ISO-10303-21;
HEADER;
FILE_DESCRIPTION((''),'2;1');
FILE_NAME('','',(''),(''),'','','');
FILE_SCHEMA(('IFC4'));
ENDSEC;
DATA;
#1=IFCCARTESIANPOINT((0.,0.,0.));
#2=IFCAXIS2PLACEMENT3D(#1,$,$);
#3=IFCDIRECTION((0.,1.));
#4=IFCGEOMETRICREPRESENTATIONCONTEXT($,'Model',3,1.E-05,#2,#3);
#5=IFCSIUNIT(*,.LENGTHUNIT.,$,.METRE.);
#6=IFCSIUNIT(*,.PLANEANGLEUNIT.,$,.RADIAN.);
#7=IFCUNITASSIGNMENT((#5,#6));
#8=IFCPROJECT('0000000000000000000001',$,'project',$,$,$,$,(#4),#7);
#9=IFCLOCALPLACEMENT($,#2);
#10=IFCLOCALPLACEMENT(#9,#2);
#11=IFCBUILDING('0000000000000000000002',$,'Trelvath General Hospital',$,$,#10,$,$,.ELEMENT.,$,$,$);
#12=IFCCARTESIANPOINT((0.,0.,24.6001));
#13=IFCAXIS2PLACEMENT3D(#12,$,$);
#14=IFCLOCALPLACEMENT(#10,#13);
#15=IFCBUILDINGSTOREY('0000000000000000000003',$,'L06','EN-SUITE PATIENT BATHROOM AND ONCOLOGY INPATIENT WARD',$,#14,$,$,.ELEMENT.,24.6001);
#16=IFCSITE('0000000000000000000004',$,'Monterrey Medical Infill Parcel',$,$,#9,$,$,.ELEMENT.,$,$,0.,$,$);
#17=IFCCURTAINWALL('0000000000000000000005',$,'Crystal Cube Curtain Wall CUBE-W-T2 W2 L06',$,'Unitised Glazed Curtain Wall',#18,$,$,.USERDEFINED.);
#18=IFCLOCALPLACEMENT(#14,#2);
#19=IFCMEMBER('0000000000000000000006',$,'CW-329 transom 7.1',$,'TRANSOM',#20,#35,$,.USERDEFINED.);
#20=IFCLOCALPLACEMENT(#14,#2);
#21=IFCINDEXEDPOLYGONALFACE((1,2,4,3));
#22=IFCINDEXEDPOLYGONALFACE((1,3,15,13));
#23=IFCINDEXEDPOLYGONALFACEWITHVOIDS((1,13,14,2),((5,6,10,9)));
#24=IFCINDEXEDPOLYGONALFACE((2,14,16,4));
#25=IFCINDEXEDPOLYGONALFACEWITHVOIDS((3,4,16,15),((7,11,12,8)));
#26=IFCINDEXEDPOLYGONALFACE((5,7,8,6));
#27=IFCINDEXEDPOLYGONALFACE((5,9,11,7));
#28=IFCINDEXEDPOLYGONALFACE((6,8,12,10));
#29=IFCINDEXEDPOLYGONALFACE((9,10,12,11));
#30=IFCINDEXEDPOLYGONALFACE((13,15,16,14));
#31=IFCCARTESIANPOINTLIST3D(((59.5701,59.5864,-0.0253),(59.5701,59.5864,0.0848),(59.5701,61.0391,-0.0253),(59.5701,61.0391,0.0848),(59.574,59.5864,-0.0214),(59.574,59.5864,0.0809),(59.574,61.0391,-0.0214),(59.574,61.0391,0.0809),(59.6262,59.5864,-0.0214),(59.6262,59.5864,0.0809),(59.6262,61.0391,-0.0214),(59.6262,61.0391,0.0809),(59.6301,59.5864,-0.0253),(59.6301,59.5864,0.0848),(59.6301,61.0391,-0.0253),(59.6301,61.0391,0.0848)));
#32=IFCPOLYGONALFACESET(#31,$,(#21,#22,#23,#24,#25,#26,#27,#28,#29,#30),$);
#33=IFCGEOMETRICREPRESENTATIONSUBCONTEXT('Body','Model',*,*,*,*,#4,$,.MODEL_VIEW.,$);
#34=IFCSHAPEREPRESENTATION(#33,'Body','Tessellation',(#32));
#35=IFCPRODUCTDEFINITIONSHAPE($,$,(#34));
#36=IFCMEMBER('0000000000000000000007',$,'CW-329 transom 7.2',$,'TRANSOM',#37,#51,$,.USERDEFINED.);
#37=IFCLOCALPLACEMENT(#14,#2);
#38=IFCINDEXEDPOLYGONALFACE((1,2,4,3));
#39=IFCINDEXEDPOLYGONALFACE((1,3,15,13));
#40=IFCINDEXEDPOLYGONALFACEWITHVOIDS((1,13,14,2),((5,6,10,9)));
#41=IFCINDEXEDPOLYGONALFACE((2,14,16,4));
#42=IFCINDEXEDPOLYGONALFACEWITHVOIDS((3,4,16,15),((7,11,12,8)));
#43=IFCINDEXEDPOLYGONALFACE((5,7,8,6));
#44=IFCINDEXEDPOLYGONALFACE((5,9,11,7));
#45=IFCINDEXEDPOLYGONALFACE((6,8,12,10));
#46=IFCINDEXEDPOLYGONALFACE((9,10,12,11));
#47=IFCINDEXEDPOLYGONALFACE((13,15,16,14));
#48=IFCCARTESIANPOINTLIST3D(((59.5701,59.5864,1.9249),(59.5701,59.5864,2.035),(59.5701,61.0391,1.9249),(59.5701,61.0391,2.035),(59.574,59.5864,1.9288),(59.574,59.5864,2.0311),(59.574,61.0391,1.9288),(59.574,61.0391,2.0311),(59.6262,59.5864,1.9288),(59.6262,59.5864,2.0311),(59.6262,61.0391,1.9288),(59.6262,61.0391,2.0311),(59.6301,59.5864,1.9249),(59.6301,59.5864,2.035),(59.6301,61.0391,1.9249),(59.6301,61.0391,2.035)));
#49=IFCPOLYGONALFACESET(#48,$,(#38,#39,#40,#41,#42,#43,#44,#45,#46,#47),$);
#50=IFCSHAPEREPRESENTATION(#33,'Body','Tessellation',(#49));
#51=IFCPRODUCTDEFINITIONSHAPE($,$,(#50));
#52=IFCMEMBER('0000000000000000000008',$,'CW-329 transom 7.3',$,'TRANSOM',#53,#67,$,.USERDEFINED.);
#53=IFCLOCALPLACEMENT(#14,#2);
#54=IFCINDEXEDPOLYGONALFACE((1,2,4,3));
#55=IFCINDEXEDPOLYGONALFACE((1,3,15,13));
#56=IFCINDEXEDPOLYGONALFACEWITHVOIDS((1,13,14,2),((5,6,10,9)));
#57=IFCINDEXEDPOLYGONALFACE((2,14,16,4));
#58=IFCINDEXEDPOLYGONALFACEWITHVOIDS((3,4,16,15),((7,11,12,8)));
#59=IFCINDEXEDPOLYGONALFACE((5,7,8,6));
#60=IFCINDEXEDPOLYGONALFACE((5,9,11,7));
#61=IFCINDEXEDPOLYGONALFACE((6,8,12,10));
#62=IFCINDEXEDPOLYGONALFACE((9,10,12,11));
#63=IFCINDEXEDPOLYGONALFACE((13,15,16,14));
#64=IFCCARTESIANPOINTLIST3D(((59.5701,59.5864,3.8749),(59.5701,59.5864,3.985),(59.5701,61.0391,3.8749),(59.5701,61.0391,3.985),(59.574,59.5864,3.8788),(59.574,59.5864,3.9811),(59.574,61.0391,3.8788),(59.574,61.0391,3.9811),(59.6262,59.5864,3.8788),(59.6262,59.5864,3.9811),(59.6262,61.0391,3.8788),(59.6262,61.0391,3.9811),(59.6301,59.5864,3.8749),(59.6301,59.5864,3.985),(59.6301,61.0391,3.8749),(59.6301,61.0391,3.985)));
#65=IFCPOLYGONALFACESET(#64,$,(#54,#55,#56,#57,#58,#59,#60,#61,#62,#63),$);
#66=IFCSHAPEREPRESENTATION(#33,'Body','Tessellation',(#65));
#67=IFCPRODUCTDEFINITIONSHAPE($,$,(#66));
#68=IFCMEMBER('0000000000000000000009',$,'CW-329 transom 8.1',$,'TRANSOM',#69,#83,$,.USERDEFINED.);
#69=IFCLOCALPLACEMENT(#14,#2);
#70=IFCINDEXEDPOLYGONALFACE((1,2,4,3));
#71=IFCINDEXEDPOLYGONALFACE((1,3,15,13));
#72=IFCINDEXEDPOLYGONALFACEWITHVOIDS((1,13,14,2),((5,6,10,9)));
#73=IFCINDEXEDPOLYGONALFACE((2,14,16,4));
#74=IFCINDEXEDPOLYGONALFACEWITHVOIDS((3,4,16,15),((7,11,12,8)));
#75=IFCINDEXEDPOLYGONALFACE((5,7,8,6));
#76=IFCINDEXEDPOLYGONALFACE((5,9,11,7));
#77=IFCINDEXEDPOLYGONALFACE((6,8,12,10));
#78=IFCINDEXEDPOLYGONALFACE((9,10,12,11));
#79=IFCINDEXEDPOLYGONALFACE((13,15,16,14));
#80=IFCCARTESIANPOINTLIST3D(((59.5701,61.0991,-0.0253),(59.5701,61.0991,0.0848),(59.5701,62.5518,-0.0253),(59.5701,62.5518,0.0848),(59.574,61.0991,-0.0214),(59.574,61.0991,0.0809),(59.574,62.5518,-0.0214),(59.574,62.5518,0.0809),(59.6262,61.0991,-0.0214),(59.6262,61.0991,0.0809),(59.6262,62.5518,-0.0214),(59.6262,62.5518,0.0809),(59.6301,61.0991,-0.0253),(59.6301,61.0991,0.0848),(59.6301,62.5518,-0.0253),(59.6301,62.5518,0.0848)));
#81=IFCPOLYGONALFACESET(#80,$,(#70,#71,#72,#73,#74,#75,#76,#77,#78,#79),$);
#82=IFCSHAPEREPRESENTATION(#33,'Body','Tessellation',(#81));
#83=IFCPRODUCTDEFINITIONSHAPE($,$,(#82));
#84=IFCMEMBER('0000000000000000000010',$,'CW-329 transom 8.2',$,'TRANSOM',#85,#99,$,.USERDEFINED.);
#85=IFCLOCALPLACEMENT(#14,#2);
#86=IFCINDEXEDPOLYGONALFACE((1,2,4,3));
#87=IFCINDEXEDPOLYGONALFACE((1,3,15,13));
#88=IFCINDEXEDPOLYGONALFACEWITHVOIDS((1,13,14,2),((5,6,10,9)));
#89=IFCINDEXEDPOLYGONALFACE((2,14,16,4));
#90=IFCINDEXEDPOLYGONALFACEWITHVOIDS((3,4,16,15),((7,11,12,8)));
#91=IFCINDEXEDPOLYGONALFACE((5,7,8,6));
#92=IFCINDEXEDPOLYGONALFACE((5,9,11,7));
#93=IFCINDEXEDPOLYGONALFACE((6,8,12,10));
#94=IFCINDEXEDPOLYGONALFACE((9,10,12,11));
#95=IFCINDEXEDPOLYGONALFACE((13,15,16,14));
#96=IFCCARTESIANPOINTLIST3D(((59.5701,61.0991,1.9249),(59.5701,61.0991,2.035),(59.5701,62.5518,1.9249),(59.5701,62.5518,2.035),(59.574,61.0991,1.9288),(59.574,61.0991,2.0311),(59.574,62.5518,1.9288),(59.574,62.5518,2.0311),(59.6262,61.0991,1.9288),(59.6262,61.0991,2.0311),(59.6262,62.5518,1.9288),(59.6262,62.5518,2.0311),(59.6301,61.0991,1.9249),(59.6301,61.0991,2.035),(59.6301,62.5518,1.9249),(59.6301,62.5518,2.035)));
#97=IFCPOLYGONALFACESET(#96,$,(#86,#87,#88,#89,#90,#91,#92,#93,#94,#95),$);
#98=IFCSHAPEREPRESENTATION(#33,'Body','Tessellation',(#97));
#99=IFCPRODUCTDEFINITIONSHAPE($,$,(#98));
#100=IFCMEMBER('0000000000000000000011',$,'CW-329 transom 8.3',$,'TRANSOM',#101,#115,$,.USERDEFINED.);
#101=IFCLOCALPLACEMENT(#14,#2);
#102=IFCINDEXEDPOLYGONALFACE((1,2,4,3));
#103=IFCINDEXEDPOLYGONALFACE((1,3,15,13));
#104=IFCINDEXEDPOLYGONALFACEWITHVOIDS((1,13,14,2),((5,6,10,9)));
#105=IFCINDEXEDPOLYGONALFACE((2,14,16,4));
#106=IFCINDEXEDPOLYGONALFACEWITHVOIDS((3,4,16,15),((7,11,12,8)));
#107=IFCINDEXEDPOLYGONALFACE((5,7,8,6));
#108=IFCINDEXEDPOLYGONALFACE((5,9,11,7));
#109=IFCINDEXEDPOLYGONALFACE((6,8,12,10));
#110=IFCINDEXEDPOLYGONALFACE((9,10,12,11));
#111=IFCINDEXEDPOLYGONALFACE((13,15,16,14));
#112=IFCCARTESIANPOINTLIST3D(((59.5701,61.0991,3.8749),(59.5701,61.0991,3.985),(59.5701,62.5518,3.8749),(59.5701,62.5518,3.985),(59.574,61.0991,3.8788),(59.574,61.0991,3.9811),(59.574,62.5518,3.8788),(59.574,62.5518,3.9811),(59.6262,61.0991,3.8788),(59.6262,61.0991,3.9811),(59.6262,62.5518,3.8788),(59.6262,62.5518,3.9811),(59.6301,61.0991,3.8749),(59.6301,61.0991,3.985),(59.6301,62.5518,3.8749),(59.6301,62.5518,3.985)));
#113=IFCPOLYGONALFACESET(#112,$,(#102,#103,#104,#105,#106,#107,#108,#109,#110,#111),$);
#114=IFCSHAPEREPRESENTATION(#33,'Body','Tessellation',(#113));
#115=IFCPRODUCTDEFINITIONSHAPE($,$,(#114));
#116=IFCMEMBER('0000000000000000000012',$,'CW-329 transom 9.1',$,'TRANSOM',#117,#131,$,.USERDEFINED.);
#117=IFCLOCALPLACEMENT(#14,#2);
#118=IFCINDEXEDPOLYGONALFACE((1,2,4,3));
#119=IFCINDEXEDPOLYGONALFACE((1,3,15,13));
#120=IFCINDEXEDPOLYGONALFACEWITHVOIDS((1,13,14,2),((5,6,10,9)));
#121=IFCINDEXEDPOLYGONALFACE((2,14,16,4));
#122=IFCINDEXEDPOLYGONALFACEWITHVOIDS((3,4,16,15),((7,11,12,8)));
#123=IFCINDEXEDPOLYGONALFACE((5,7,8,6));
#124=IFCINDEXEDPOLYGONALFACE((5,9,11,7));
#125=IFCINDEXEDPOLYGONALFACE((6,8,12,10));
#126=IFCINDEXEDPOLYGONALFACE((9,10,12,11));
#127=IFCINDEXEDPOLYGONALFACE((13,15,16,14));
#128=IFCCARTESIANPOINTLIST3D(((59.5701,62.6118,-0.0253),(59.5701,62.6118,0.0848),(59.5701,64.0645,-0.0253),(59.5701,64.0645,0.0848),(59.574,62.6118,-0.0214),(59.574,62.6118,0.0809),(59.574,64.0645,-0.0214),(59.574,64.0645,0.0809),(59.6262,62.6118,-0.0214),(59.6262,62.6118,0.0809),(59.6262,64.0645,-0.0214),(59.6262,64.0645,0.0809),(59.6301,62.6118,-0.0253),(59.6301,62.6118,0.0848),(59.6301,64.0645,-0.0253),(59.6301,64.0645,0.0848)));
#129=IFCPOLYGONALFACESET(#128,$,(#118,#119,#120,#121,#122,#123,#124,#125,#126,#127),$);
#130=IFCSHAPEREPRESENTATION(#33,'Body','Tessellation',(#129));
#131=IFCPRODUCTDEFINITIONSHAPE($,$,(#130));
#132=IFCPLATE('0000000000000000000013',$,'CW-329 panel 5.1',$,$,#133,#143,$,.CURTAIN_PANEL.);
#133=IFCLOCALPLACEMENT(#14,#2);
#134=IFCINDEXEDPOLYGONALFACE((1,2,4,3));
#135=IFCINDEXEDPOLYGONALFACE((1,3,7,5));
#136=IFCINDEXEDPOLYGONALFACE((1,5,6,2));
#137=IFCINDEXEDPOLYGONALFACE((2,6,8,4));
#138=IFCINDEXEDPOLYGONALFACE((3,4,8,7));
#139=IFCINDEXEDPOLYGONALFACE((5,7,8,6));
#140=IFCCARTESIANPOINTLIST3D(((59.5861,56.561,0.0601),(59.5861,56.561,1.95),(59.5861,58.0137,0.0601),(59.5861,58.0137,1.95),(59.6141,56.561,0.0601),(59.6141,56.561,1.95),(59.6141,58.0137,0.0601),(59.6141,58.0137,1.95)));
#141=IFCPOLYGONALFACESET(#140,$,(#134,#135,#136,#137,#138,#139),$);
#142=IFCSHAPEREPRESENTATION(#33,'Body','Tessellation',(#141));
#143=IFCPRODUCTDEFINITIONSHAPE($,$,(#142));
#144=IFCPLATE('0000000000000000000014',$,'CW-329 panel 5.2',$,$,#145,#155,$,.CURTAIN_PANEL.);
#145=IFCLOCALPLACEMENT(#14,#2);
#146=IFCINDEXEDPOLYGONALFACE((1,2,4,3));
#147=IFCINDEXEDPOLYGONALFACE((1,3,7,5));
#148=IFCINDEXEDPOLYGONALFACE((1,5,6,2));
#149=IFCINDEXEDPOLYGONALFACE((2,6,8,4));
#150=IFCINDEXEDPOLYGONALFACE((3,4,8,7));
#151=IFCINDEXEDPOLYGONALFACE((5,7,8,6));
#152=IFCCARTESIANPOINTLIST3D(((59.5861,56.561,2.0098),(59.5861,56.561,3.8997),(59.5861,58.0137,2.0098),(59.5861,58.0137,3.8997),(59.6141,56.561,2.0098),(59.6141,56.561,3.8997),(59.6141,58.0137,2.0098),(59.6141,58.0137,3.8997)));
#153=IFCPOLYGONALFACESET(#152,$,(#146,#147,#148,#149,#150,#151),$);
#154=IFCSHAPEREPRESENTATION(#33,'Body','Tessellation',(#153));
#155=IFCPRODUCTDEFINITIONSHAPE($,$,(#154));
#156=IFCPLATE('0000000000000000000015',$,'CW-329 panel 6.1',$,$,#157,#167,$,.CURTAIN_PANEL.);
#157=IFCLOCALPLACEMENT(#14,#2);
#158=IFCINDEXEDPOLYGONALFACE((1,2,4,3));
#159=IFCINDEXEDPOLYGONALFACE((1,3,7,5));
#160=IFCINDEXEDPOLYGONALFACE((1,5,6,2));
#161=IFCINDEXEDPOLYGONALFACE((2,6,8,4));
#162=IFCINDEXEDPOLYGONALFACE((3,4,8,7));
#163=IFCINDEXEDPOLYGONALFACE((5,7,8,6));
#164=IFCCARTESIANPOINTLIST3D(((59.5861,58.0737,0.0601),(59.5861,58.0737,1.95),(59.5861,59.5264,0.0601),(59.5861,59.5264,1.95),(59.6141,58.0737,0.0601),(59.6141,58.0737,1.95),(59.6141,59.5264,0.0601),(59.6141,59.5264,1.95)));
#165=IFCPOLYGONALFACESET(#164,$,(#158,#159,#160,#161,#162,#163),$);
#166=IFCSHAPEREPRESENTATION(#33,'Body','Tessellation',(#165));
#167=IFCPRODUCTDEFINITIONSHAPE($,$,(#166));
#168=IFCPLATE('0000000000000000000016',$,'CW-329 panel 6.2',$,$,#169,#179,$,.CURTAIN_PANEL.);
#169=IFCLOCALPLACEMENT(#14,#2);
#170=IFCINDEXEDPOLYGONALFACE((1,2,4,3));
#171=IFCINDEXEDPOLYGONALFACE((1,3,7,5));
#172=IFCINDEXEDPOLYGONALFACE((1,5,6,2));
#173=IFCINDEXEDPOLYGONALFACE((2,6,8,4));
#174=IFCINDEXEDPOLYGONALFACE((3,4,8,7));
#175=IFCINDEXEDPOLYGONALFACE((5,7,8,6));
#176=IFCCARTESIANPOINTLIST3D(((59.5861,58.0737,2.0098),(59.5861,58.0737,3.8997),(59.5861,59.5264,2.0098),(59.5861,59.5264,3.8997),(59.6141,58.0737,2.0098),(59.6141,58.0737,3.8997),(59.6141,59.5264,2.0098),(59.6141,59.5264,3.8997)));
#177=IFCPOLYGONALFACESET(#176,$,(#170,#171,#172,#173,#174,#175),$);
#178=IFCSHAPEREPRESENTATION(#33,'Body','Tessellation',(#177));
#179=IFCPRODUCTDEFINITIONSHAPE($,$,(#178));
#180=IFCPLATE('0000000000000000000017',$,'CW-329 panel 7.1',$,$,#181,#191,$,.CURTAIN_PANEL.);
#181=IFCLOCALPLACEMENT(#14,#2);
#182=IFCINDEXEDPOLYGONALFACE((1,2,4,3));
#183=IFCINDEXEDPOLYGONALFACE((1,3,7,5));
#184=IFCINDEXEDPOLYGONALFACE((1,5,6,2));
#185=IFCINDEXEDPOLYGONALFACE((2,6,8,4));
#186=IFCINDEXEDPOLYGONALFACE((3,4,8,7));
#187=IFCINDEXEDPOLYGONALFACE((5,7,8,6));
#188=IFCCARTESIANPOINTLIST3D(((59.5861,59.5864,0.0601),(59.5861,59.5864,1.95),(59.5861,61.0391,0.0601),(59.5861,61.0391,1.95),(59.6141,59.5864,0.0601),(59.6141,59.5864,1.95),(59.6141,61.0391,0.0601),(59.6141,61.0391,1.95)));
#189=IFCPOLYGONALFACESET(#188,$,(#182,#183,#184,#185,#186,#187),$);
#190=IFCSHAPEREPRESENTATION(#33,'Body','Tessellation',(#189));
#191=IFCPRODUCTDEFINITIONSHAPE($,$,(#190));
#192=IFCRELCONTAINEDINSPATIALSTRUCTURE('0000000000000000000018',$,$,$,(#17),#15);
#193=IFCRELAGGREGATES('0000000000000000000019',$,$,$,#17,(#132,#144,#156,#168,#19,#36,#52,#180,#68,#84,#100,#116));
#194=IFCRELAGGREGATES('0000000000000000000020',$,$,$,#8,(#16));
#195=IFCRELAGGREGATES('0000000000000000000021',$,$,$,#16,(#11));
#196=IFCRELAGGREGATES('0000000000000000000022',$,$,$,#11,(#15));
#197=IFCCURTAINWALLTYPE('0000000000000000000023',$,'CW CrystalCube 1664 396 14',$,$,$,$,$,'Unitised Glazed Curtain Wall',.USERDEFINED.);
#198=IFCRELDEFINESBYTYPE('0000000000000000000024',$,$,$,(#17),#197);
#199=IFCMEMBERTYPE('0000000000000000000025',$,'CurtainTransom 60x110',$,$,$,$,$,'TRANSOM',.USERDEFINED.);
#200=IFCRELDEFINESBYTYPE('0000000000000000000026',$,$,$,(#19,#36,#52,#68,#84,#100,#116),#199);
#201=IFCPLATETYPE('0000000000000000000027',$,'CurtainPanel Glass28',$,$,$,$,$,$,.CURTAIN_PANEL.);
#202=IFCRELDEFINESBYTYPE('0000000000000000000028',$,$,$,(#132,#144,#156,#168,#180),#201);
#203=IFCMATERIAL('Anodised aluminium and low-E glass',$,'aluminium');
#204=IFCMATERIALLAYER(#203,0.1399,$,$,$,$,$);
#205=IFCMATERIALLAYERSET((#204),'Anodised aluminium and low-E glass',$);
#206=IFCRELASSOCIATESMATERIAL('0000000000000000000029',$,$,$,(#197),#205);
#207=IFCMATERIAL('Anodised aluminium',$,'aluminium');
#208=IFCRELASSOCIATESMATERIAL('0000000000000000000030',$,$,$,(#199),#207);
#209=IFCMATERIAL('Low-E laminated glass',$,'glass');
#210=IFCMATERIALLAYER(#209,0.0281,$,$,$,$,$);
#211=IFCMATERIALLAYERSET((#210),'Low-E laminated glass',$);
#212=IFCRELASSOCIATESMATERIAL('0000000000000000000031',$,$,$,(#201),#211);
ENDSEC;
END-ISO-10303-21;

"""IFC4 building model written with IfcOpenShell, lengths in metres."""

from ifc_helpers import new_model, si_unit, direction, frame, origin, origin_2d, place, context, subcontext, project, spatial, rectangle, hollow_rectangle, extrude, material, layer, layer_set, material_profile, profile_set, type_object, element, aggregate, save


model = new_model("IFC4")

# Units and contexts
model_context = context("Model", 3, precision=1e-05, world=origin(), true_north=direction((0.0, 1.0)))
body_context = subcontext(model_context, "Body", "Model", "MODEL_VIEW")
ifc_project = project(units=[si_unit("LENGTHUNIT", "METRE"), si_unit("PLANEANGLEUNIT", "RADIAN")], contexts=[model_context])

# Site, building, storey
site_placement = place(None, origin())
site = spatial("IfcSite", under=ifc_project, at=site_placement, Name="Monterrey Medical Infill Parcel", CompositionType="ELEMENT", RefElevation=0.0)
building_placement = place(site_placement, origin())
building = spatial("IfcBuilding", under=site, at=building_placement, Name="Trelvath General Hospital", CompositionType="ELEMENT")
storey_placement = place(building_placement, frame((0.0, 0.0, 24.6001)))
storey = spatial("IfcBuildingStorey", under=building, at=storey_placement, Name="L06", Description="EN-SUITE PATIENT BATHROOM AND ONCOLOGY INPATIENT WARD", CompositionType="ELEMENT", Elevation=24.6001)

# Curtain wall, members, plates
ifc_material_1 = material(Name="Anodised aluminium and low-E glass", Category="aluminium")
ifc_layer_1 = layer(ifc_material_1, 0.1399)
ifc_layer_set_1 = layer_set([ifc_layer_1], Name="Anodised aluminium and low-E glass")
curtain_wall_type = type_object("IfcCurtainWallType", Name="CW CrystalCube 1664 396 14", ElementType="Unitised Glazed Curtain Wall", PredefinedType="USERDEFINED", material=ifc_layer_set_1)
curtain_wall_placement = place(storey_placement, origin())
curtain_wall = element("IfcCurtainWall", 1, at=curtain_wall_placement, inside=storey, type_object=curtain_wall_type, Name="Crystal Cube Curtain Wall CUBE-W-T2 W2 L06", ObjectType="Unitised Glazed Curtain Wall", PredefinedType="USERDEFINED")
ifc_material_2 = material(Name="Anodised aluminium", Category="aluminium")
ifc_material_profile_1 = material_profile(ifc_material_2, hollow_rectangle(XDim=0.0601, YDim=0.1101, WallThickness=0.0039, at=origin_2d()), Name="RHS60x110x4")
ifc_profile_set_1 = profile_set([ifc_material_profile_1], Name="Anodised aluminium")
member_type_1 = type_object("IfcMemberType", Name="CurtainTransom 60x110", ElementType="TRANSOM", PredefinedType="USERDEFINED", material=ifc_profile_set_1)
member_1_placement = place(storey_placement, frame((59.6001, 59.5864, 0.0298), z_axis=(0.0, 1.0, 0.0), x_axis=(-1.0, 0.0, 0.0)))
member_1 = element("IfcMember", 2, at=member_1_placement, type_object=member_type_1, Name="CW-329 transom 7.1", ObjectType="TRANSOM", PredefinedType="USERDEFINED", context=body_context, shape_type="SweptSolid", body=[
    extrude(hollow_rectangle(XDim=0.0601, YDim=0.1101, WallThickness=0.0039, at=origin_2d()), origin(), (0.0, 0.0, 1.0), 1.4526),
])
member_2_placement = place(storey_placement, frame((59.6001, 59.5864, 1.98), z_axis=(0.0, 1.0, 0.0), x_axis=(-1.0, 0.0, 0.0)))
member_2 = element("IfcMember", 3, at=member_2_placement, type_object=member_type_1, Name="CW-329 transom 7.2", ObjectType="TRANSOM", PredefinedType="USERDEFINED", context=body_context, shape_type="SweptSolid", body=[
    extrude(hollow_rectangle(XDim=0.0601, YDim=0.1101, WallThickness=0.0039, at=origin_2d()), origin(), (0.0, 0.0, 1.0), 1.4526),
])
member_3_placement = place(storey_placement, frame((59.6001, 59.5864, 3.9299), z_axis=(0.0, 1.0, 0.0), x_axis=(-1.0, 0.0, 0.0)))
member_3 = element("IfcMember", 4, at=member_3_placement, type_object=member_type_1, Name="CW-329 transom 7.3", ObjectType="TRANSOM", PredefinedType="USERDEFINED", context=body_context, shape_type="SweptSolid", body=[
    extrude(hollow_rectangle(XDim=0.0601, YDim=0.1101, WallThickness=0.0039, at=origin_2d()), origin(), (0.0, 0.0, 1.0), 1.4526),
])
member_4_placement = place(storey_placement, frame((59.6001, 61.0991, 0.0298), z_axis=(0.0, 1.0, 0.0), x_axis=(-1.0, 0.0, 0.0)))
member_4 = element("IfcMember", 5, at=member_4_placement, type_object=member_type_1, Name="CW-329 transom 8.1", ObjectType="TRANSOM", PredefinedType="USERDEFINED", context=body_context, shape_type="SweptSolid", body=[
    extrude(hollow_rectangle(XDim=0.0601, YDim=0.1101, WallThickness=0.0039, at=origin_2d()), origin(), (0.0, 0.0, 1.0), 1.4526),
])
member_5_placement = place(storey_placement, frame((59.6001, 61.0991, 1.98), z_axis=(0.0, 1.0, 0.0), x_axis=(-1.0, 0.0, 0.0)))
member_5 = element("IfcMember", 6, at=member_5_placement, type_object=member_type_1, Name="CW-329 transom 8.2", ObjectType="TRANSOM", PredefinedType="USERDEFINED", context=body_context, shape_type="SweptSolid", body=[
    extrude(hollow_rectangle(XDim=0.0601, YDim=0.1101, WallThickness=0.0039, at=origin_2d()), origin(), (0.0, 0.0, 1.0), 1.4526),
])
member_6_placement = place(storey_placement, frame((59.6001, 61.0991, 3.9299), z_axis=(0.0, 1.0, 0.0), x_axis=(-1.0, 0.0, 0.0)))
member_6 = element("IfcMember", 7, at=member_6_placement, type_object=member_type_1, Name="CW-329 transom 8.3", ObjectType="TRANSOM", PredefinedType="USERDEFINED", context=body_context, shape_type="SweptSolid", body=[
    extrude(hollow_rectangle(XDim=0.0601, YDim=0.1101, WallThickness=0.0039, at=origin_2d()), origin(), (0.0, 0.0, 1.0), 1.4526),
])
member_7_placement = place(storey_placement, frame((59.6001, 62.6118, 0.0298), z_axis=(0.0, 1.0, 0.0), x_axis=(-1.0, 0.0, 0.0)))
member_7 = element("IfcMember", 8, at=member_7_placement, type_object=member_type_1, Name="CW-329 transom 9.1", ObjectType="TRANSOM", PredefinedType="USERDEFINED", context=body_context, shape_type="SweptSolid", body=[
    extrude(hollow_rectangle(XDim=0.0601, YDim=0.1101, WallThickness=0.0039, at=origin_2d()), origin(), (0.0, 0.0, 1.0), 1.4526),
])
ifc_material_3 = material(Name="Low-E laminated glass", Category="glass")
ifc_layer_2 = layer(ifc_material_3, 0.0281)
ifc_layer_set_2 = layer_set([ifc_layer_2], Name="Low-E laminated glass")
plate_type = type_object("IfcPlateType", Name="CurtainPanel Glass28", PredefinedType="CURTAIN_PANEL", material=ifc_layer_set_2)
plate_1_placement = place(storey_placement, frame((59.6001, 57.2874, 0.0601), z_axis=(0.0, 0.0, 1.0), x_axis=(0.0, 1.0, 0.0)))
plate_1 = element("IfcPlate", 9, at=plate_1_placement, type_object=plate_type, Name="CW-329 panel 5.1", PredefinedType="CURTAIN_PANEL", context=body_context, shape_type="SweptSolid", body=[
    extrude(rectangle(XDim=1.4526, YDim=0.0281, at=origin_2d()), origin(), (0.0, 0.0, 1.0), 1.8899),
])
plate_2_placement = place(storey_placement, frame((59.6001, 57.2874, 2.0098), z_axis=(0.0, 0.0, 1.0), x_axis=(0.0, 1.0, 0.0)))
plate_2 = element("IfcPlate", 10, at=plate_2_placement, type_object=plate_type, Name="CW-329 panel 5.2", PredefinedType="CURTAIN_PANEL", context=body_context, shape_type="SweptSolid", body=[
    extrude(rectangle(XDim=1.4526, YDim=0.0281, at=origin_2d()), origin(), (0.0, 0.0, 1.0), 1.8899),
])
plate_3_placement = place(storey_placement, frame((59.6001, 58.8, 0.0601), z_axis=(0.0, 0.0, 1.0), x_axis=(0.0, 1.0, 0.0)))
plate_3 = element("IfcPlate", 11, at=plate_3_placement, type_object=plate_type, Name="CW-329 panel 6.1", PredefinedType="CURTAIN_PANEL", context=body_context, shape_type="SweptSolid", body=[
    extrude(rectangle(XDim=1.4526, YDim=0.0281, at=origin_2d()), origin(), (0.0, 0.0, 1.0), 1.8899),
])
plate_4_placement = place(storey_placement, frame((59.6001, 58.8, 2.0098), z_axis=(0.0, 0.0, 1.0), x_axis=(0.0, 1.0, 0.0)))
plate_4 = element("IfcPlate", 12, at=plate_4_placement, type_object=plate_type, Name="CW-329 panel 6.2", PredefinedType="CURTAIN_PANEL", context=body_context, shape_type="SweptSolid", body=[
    extrude(rectangle(XDim=1.4526, YDim=0.0281, at=origin_2d()), origin(), (0.0, 0.0, 1.0), 1.8899),
])
plate_5_placement = place(storey_placement, frame((59.6001, 60.3127, 0.0601), z_axis=(0.0, 0.0, 1.0), x_axis=(0.0, 1.0, 0.0)))
plate_5 = element("IfcPlate", 13, at=plate_5_placement, type_object=plate_type, Name="CW-329 panel 7.1", PredefinedType="CURTAIN_PANEL", context=body_context, shape_type="SweptSolid", body=[
    extrude(rectangle(XDim=1.4526, YDim=0.0281, at=origin_2d()), origin(), (0.0, 0.0, 1.0), 1.8899),
])
aggregate(curtain_wall, [plate_1, plate_2, plate_3, plate_4, member_1, member_2, member_3, plate_5, member_4, member_5, member_6, member_7])

save(model, "model.ifc")
